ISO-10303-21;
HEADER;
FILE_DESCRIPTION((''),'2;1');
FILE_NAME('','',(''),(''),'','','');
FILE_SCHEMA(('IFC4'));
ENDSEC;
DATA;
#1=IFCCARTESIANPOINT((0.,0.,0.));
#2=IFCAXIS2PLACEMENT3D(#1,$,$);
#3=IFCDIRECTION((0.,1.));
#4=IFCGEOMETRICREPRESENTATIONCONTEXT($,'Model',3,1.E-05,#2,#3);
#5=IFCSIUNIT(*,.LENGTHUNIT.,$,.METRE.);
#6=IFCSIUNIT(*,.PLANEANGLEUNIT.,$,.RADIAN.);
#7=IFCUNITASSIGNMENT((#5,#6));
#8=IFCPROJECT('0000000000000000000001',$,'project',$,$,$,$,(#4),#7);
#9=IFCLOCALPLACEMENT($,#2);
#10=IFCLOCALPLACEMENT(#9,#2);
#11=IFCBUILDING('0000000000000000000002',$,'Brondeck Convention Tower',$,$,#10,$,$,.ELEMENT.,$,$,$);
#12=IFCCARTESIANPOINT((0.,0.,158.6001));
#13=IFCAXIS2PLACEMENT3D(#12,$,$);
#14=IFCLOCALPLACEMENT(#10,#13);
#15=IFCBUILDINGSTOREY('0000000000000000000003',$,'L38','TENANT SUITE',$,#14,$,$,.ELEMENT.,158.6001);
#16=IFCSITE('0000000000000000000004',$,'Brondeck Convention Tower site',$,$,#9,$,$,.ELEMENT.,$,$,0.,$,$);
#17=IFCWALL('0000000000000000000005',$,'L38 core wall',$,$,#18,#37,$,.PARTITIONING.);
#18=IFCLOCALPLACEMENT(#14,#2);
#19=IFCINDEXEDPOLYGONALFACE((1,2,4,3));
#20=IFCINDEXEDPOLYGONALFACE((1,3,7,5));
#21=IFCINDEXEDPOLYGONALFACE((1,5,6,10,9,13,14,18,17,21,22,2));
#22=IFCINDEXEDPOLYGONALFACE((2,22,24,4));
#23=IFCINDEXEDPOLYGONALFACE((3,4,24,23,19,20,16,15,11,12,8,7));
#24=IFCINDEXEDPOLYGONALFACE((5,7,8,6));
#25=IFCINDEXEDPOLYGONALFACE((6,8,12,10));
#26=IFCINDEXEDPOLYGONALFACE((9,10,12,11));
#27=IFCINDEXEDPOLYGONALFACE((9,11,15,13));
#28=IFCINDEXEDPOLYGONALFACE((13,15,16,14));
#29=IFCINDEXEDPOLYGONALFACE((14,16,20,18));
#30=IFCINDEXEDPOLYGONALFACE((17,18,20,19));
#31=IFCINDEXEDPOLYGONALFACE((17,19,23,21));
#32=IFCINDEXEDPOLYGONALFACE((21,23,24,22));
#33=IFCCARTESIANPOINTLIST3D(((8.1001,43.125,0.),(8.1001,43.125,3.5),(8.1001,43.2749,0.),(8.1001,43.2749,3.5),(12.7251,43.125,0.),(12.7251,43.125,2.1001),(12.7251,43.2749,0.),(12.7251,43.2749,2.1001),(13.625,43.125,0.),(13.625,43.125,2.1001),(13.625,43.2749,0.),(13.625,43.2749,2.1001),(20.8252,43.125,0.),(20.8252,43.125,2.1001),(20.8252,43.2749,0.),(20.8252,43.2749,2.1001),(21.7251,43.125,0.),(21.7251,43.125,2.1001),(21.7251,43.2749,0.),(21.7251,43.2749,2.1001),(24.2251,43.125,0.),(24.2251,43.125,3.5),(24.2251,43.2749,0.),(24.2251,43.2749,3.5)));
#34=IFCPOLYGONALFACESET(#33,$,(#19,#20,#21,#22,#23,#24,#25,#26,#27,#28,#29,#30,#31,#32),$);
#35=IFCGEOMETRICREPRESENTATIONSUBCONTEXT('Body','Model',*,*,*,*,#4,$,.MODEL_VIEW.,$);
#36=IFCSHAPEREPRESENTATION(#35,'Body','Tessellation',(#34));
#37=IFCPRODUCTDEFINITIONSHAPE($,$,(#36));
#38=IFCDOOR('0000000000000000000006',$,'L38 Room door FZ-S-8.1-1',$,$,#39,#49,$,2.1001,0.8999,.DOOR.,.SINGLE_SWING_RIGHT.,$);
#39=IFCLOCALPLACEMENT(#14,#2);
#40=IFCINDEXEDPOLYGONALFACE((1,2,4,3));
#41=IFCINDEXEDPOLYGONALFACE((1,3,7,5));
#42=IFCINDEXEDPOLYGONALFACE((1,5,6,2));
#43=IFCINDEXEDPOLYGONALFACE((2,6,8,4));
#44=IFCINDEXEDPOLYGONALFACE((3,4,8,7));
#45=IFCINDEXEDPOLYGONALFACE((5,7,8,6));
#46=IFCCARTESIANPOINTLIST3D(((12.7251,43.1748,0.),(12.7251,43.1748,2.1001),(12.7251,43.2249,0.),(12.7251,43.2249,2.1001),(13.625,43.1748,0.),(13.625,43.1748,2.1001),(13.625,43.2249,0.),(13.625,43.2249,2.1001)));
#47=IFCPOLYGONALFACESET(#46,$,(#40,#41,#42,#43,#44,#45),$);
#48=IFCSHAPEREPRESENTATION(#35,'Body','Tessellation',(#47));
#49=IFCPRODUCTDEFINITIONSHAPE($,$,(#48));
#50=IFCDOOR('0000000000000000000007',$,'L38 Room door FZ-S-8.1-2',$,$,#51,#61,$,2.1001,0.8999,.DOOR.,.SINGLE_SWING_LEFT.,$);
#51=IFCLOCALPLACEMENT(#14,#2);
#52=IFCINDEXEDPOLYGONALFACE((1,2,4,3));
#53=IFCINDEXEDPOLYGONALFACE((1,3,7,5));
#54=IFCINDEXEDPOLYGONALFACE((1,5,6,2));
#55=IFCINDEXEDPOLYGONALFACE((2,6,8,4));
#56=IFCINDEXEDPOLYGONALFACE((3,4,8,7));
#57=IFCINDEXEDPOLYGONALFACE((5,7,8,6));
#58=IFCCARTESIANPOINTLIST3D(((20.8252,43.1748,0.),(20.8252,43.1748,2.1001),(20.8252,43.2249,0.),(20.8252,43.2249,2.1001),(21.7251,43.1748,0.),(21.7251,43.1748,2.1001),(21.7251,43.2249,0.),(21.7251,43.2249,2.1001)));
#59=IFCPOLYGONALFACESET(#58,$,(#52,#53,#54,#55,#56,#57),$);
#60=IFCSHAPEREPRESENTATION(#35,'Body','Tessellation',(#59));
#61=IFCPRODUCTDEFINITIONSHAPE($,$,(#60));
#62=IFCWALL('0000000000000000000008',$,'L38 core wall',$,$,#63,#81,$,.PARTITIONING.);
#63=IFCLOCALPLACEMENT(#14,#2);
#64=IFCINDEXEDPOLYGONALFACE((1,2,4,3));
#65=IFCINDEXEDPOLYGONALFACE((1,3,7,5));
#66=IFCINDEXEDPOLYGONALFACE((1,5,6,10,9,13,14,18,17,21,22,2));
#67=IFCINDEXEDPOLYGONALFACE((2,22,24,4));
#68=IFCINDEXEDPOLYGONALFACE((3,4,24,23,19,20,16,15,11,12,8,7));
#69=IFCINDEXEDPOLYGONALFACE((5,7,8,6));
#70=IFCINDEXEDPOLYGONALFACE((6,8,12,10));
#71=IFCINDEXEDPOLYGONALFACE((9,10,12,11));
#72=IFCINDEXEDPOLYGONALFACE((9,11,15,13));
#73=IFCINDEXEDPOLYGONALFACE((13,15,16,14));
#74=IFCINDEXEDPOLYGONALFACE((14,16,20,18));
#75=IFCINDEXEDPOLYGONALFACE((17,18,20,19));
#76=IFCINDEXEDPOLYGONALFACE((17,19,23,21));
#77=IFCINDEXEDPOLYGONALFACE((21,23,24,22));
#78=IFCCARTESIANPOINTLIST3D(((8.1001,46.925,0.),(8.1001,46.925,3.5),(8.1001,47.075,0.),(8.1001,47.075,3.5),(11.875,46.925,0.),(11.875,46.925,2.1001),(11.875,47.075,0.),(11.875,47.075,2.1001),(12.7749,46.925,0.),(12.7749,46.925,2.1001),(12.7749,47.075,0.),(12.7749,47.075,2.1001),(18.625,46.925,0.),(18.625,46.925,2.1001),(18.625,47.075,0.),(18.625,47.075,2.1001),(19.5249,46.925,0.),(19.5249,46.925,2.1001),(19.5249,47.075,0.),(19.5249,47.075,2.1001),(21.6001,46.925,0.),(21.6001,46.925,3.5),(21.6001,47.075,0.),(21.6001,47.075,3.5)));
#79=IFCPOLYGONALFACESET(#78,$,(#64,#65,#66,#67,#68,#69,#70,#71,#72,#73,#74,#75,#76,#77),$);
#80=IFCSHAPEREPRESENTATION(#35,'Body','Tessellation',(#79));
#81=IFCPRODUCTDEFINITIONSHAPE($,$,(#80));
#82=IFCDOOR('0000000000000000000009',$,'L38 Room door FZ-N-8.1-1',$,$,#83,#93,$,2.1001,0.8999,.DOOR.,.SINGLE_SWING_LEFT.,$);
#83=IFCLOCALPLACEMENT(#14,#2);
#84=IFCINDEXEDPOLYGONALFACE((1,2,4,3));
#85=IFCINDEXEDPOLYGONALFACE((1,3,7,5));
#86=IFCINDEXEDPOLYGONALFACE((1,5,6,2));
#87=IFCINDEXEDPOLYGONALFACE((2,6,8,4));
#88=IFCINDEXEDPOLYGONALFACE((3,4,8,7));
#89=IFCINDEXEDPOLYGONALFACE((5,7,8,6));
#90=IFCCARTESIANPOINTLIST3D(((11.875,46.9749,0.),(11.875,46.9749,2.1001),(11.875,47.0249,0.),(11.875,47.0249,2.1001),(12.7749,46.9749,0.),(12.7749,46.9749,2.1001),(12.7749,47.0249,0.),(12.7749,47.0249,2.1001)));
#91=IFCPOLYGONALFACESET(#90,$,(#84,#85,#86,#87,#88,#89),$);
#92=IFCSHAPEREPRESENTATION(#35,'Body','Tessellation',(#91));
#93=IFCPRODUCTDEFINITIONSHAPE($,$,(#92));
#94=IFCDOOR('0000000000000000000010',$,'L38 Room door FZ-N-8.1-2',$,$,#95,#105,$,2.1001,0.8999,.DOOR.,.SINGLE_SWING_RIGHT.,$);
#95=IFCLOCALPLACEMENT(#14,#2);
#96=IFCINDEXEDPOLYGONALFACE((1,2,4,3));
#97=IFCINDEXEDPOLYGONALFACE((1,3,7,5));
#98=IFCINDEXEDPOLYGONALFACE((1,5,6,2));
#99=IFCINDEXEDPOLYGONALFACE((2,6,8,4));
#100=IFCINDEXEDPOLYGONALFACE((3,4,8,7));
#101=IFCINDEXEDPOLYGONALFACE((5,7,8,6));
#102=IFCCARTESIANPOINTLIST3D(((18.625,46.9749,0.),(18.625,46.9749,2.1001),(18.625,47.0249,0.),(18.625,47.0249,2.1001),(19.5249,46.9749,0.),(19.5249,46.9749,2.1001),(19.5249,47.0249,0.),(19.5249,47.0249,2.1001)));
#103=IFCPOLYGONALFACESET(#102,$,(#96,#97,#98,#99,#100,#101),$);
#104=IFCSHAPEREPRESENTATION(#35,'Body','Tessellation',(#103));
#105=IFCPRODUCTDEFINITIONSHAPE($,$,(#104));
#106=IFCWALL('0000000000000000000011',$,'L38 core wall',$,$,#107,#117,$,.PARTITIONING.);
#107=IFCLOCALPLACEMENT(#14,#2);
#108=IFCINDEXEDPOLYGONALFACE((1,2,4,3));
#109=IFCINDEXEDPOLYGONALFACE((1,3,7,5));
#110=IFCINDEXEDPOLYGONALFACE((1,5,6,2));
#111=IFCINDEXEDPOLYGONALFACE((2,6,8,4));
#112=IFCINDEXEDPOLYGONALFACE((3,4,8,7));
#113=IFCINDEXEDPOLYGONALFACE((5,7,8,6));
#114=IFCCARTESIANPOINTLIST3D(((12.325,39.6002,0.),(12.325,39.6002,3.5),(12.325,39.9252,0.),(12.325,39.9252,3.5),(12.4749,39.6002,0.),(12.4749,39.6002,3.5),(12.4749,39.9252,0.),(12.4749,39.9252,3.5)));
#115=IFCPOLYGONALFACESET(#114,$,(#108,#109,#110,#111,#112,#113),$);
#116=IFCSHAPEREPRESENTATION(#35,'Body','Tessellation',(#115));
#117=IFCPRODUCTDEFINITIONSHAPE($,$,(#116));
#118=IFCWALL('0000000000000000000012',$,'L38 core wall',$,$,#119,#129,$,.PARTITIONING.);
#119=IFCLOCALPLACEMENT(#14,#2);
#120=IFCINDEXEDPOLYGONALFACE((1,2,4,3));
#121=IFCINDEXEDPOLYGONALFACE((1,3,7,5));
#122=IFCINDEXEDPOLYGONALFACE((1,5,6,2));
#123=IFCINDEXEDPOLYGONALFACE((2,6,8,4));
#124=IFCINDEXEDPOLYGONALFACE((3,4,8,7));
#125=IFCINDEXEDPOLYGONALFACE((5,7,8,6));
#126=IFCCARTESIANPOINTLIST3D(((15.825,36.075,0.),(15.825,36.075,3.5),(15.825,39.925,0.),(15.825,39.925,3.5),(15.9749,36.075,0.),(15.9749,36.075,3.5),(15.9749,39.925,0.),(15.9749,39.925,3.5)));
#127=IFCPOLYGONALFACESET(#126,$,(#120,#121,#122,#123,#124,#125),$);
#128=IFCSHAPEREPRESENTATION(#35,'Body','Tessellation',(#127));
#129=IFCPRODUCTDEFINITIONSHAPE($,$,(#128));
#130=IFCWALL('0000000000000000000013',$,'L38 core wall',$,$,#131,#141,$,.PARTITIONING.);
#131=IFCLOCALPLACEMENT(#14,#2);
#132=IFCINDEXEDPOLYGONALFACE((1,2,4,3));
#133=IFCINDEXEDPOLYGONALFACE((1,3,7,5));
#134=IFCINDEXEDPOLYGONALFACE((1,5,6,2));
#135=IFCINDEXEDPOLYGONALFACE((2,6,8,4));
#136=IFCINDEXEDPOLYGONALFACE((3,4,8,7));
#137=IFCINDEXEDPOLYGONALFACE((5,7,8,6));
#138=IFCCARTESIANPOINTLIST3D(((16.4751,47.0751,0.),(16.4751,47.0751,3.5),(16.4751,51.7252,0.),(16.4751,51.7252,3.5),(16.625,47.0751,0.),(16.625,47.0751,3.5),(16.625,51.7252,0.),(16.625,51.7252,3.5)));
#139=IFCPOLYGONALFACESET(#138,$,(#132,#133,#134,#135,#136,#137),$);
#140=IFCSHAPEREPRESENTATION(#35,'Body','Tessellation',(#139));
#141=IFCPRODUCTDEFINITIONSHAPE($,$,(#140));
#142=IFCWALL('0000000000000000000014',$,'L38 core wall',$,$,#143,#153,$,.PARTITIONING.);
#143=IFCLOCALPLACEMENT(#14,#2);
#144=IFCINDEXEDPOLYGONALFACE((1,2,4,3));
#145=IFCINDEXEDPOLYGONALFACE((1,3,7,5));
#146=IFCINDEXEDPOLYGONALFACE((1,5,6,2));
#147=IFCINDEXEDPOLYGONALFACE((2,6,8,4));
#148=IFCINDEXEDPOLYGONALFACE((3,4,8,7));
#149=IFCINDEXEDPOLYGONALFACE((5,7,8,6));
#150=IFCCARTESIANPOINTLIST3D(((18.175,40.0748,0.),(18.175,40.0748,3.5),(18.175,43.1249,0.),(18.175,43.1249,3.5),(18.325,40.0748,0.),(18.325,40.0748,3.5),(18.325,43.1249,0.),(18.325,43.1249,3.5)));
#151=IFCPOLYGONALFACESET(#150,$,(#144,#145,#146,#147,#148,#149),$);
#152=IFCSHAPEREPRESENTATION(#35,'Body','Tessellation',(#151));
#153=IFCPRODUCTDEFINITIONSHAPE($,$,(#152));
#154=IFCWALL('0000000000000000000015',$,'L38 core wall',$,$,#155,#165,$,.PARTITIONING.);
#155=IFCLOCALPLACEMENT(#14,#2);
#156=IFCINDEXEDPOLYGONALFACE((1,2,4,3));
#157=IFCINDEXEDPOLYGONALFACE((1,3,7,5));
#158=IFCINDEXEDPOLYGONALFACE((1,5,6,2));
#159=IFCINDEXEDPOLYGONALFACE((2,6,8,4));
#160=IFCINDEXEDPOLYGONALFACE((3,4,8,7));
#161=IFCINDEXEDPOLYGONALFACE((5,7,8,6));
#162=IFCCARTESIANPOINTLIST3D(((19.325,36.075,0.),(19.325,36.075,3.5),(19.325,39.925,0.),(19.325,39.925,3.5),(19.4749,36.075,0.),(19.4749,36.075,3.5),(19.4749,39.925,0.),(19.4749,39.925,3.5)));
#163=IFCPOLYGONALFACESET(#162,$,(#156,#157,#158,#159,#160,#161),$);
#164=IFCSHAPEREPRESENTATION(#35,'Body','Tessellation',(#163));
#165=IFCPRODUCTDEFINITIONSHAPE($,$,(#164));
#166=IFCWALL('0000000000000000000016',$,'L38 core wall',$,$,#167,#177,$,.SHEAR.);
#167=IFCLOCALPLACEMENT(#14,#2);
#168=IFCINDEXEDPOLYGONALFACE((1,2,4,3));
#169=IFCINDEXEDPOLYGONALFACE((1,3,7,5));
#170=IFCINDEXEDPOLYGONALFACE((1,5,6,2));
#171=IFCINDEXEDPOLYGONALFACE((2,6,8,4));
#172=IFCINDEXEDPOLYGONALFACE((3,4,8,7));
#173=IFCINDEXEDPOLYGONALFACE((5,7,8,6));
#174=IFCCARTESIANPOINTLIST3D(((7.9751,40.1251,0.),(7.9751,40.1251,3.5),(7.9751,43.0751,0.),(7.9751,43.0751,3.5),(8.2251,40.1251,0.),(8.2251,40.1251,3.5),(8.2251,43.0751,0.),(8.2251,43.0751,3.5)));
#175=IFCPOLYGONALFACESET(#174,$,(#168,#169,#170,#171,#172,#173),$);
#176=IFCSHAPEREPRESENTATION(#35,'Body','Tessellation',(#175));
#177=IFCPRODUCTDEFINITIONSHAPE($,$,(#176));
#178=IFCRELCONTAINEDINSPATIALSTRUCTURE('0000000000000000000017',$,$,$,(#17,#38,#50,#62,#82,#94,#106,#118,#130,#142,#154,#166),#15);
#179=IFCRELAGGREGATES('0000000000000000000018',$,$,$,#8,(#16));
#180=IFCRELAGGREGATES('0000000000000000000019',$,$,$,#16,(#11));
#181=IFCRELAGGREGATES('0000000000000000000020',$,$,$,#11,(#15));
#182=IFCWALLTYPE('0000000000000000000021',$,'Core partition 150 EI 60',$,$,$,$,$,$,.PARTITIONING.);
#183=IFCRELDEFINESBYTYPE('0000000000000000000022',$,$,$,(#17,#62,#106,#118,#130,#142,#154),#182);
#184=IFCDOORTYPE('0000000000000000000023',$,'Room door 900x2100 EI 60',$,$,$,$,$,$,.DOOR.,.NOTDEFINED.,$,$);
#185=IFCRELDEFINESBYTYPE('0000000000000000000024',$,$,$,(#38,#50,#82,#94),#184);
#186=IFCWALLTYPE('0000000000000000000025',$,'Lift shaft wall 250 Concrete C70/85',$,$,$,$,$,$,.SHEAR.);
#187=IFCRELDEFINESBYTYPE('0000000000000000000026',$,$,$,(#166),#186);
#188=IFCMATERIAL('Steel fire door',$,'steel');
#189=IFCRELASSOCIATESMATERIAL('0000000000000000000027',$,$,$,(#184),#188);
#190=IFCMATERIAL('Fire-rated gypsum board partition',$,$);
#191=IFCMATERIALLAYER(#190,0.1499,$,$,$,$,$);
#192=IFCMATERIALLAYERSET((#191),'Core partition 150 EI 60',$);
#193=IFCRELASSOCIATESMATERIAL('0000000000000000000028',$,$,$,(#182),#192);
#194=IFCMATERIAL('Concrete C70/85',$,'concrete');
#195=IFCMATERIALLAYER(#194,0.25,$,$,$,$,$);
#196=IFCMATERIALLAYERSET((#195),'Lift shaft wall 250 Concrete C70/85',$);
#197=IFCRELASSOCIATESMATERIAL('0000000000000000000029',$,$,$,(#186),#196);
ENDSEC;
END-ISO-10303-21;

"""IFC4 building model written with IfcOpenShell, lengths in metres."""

from ifc_helpers import new_model, si_unit, direction, frame, frame_2d, origin, place, context, subcontext, project, spatial, rectangle, extrude, material, layer, layer_set, type_object, element, fill, save


model = new_model("IFC4")

# Units and contexts
model_context = context("Model", 3, precision=1e-05, world=origin(), true_north=direction((0.0, 1.0)))
body_context = subcontext(model_context, "Body", "Model", "MODEL_VIEW")
ifc_project = project(units=[si_unit("LENGTHUNIT", "METRE"), si_unit("PLANEANGLEUNIT", "RADIAN")], contexts=[model_context])

# Site, building, storey
site_placement = place(None, origin())
site = spatial("IfcSite", under=ifc_project, at=site_placement, Name="Brondeck Convention Tower site", CompositionType="ELEMENT", RefElevation=0.0)
building_placement = place(site_placement, origin())
building = spatial("IfcBuilding", under=site, at=building_placement, Name="Brondeck Convention Tower", CompositionType="ELEMENT")
storey_placement = place(building_placement, frame((0.0, 0.0, 158.6001)))
storey = spatial("IfcBuildingStorey", under=building, at=storey_placement, Name="L38", Description="TENANT SUITE", CompositionType="ELEMENT", Elevation=158.6001)

# Shared definitions
ifc_material_1 = material(Name="Concrete C70/85", Category="concrete")
ifc_material_2 = material(Name="Steel fire door", Category="steel")
door_type_1 = type_object("IfcDoorType", Name="Room door 900x2100 EI 60", OperationType="NOTDEFINED", PredefinedType="DOOR", material=ifc_material_2)

# Shared definitions
ifc_material_3 = material(Name="Fire-rated gypsum board partition")
ifc_layer_1 = layer(ifc_material_3, 0.1499)
ifc_layer_set_1 = layer_set([ifc_layer_1], Name="Core partition 150 EI 60")
wall_type_1 = type_object("IfcWallType", Name="Core partition 150 EI 60", PredefinedType="PARTITIONING", material=ifc_layer_set_1)

# Walls, openings, doors
wall_1_placement = place(storey_placement, frame((8.1001, 43.2, 0.0), z_axis=(0.0, 0.0, 1.0), x_axis=(1.0, 0.0, 0.0)))
wall_1 = element("IfcWall", 1, at=wall_1_placement, inside=storey, type_object=wall_type_1, Name="L38 core wall", PredefinedType="PARTITIONING", context=body_context, shape_type="SweptSolid", body=[
    extrude(rectangle(XDim=16.125, YDim=0.1499, at=frame_2d((8.0625, 0.0))), origin(), (0.0, 0.0, 1.0), 3.5),
])
opening_1_placement = place(wall_1_placement, frame((4.625, 0.0, 0.0)))
opening_1 = element("IfcOpeningElement", 2, at=opening_1_placement, cuts=wall_1, PredefinedType="OPENING", context=body_context, shape_type="SweptSolid", body=[
    extrude(rectangle(XDim=0.8999, YDim=2.1001, at=frame_2d((0.45, 1.05))), frame((0.0, 0.085, 0.0), z_axis=(0.0, -1.0, 0.0), x_axis=(1.0, 0.0, 0.0)), (0.0, 0.0, 1.0), 0.1699),
])
opening_2_placement = place(wall_1_placement, frame((12.7251, 0.0, 0.0)))
opening_2 = element("IfcOpeningElement", 3, at=opening_2_placement, cuts=wall_1, PredefinedType="OPENING", context=body_context, shape_type="SweptSolid", body=[
    extrude(rectangle(XDim=0.8999, YDim=2.1001, at=frame_2d((0.45, 1.05))), frame((0.0, 0.085, 0.0), z_axis=(0.0, -1.0, 0.0), x_axis=(1.0, 0.0, 0.0)), (0.0, 0.0, 1.0), 0.1699),
])
door_1_placement = place(opening_1_placement, origin())
door_1 = element("IfcDoor", 4, at=door_1_placement, inside=storey, type_object=door_type_1, Name="L38 Room door FZ-S-8.1-1", OperationType="SINGLE_SWING_RIGHT", OverallHeight=2.1001, OverallWidth=0.8999, PredefinedType="DOOR", context=body_context, shape_type="SweptSolid", body=[
    extrude(rectangle(XDim=0.8999, YDim=2.1001, at=frame_2d((0.45, 1.05))), frame((0.0, 0.0249, 0.0), z_axis=(0.0, -1.0, 0.0), x_axis=(1.0, 0.0, 0.0)), (0.0, 0.0, 1.0), 0.05),
])
fill(opening_1, door_1)
door_2_placement = place(opening_2_placement, origin())
door_2 = element("IfcDoor", 5, at=door_2_placement, inside=storey, type_object=door_type_1, Name="L38 Room door FZ-S-8.1-2", OperationType="SINGLE_SWING_LEFT", OverallHeight=2.1001, OverallWidth=0.8999, PredefinedType="DOOR", context=body_context, shape_type="SweptSolid", body=[
    extrude(rectangle(XDim=0.8999, YDim=2.1001, at=frame_2d((0.45, 1.05))), frame((0.0, 0.0249, 0.0), z_axis=(0.0, -1.0, 0.0), x_axis=(1.0, 0.0, 0.0)), (0.0, 0.0, 1.0), 0.05),
])
fill(opening_2, door_2)
wall_2_placement = place(storey_placement, frame((8.1001, 47.0, 0.0), z_axis=(0.0, 0.0, 1.0), x_axis=(1.0, 0.0, 0.0)))
wall_2 = element("IfcWall", 6, at=wall_2_placement, inside=storey, type_object=wall_type_1, Name="L38 core wall", PredefinedType="PARTITIONING", context=body_context, shape_type="SweptSolid", body=[
    extrude(rectangle(XDim=13.5, YDim=0.1499, at=frame_2d((6.75, 0.0))), origin(), (0.0, 0.0, 1.0), 3.5),
])
opening_3_placement = place(wall_2_placement, frame((3.7749, 0.0, 0.0)))
opening_3 = element("IfcOpeningElement", 7, at=opening_3_placement, cuts=wall_2, PredefinedType="OPENING", context=body_context, shape_type="SweptSolid", body=[
    extrude(rectangle(XDim=0.8999, YDim=2.1001, at=frame_2d((0.45, 1.05))), frame((0.0, 0.085, 0.0), z_axis=(0.0, -1.0, 0.0), x_axis=(1.0, 0.0, 0.0)), (0.0, 0.0, 1.0), 0.1699),
])
opening_4_placement = place(wall_2_placement, frame((10.5249, 0.0, 0.0)))
opening_4 = element("IfcOpeningElement", 8, at=opening_4_placement, cuts=wall_2, PredefinedType="OPENING", context=body_context, shape_type="SweptSolid", body=[
    extrude(rectangle(XDim=0.8999, YDim=2.1001, at=frame_2d((0.45, 1.05))), frame((0.0, 0.085, 0.0), z_axis=(0.0, -1.0, 0.0), x_axis=(1.0, 0.0, 0.0)), (0.0, 0.0, 1.0), 0.1699),
])
door_3_placement = place(opening_3_placement, origin())
door_3 = element("IfcDoor", 9, at=door_3_placement, inside=storey, type_object=door_type_1, Name="L38 Room door FZ-N-8.1-1", OperationType="SINGLE_SWING_LEFT", OverallHeight=2.1001, OverallWidth=0.8999, PredefinedType="DOOR", context=body_context, shape_type="SweptSolid", body=[
    extrude(rectangle(XDim=0.8999, YDim=2.1001, at=frame_2d((0.45, 1.05))), frame((0.0, 0.0249, 0.0), z_axis=(0.0, -1.0, 0.0), x_axis=(1.0, 0.0, 0.0)), (0.0, 0.0, 1.0), 0.05),
])
fill(opening_3, door_3)
door_4_placement = place(opening_4_placement, origin())
door_4 = element("IfcDoor", 10, at=door_4_placement, inside=storey, type_object=door_type_1, Name="L38 Room door FZ-N-8.1-2", OperationType="SINGLE_SWING_RIGHT", OverallHeight=2.1001, OverallWidth=0.8999, PredefinedType="DOOR", context=body_context, shape_type="SweptSolid", body=[
    extrude(rectangle(XDim=0.8999, YDim=2.1001, at=frame_2d((0.45, 1.05))), frame((0.0, 0.0249, 0.0), z_axis=(0.0, -1.0, 0.0), x_axis=(1.0, 0.0, 0.0)), (0.0, 0.0, 1.0), 0.05),
])
fill(opening_4, door_4)

# Walls
wall_3_placement = place(storey_placement, frame((12.3999, 39.6001, 0.0), z_axis=(0.0, 0.0, 1.0), x_axis=(0.0, 1.0, 0.0)))
element("IfcWall", 11, at=wall_3_placement, inside=storey, type_object=wall_type_1, Name="L38 core wall", PredefinedType="PARTITIONING", context=body_context, shape_type="SweptSolid", body=[
    extrude(rectangle(XDim=0.325, YDim=0.1499, at=frame_2d((0.1626, 0.0))), origin(), (0.0, 0.0, 1.0), 3.5),
])
wall_4_placement = place(storey_placement, frame((15.8999, 36.075, 0.0), z_axis=(0.0, 0.0, 1.0), x_axis=(0.0, 1.0, 0.0)))
element("IfcWall", 12, at=wall_4_placement, inside=storey, type_object=wall_type_1, Name="L38 core wall", PredefinedType="PARTITIONING", context=body_context, shape_type="SweptSolid", body=[
    extrude(rectangle(XDim=3.8501, YDim=0.1499, at=frame_2d((1.925, 0.0))), origin(), (0.0, 0.0, 1.0), 3.5),
])
wall_5_placement = place(storey_placement, frame((16.55, 47.075, 0.0), z_axis=(0.0, 0.0, 1.0), x_axis=(0.0, 1.0, 0.0)))
element("IfcWall", 13, at=wall_5_placement, inside=storey, type_object=wall_type_1, Name="L38 core wall", PredefinedType="PARTITIONING", context=body_context, shape_type="SweptSolid", body=[
    extrude(rectangle(XDim=4.6501, YDim=0.1499, at=frame_2d((2.3252, 0.0))), origin(), (0.0, 0.0, 1.0), 3.5),
])
wall_6_placement = place(storey_placement, frame((18.25, 40.075, 0.0), z_axis=(0.0, 0.0, 1.0), x_axis=(0.0, 1.0, 0.0)))
element("IfcWall", 14, at=wall_6_placement, inside=storey, type_object=wall_type_1, Name="L38 core wall", PredefinedType="PARTITIONING", context=body_context, shape_type="SweptSolid", body=[
    extrude(rectangle(XDim=3.05, YDim=0.1499, at=frame_2d((1.5249, 0.0))), origin(), (0.0, 0.0, 1.0), 3.5),
])
wall_7_placement = place(storey_placement, frame((19.3999, 36.075, 0.0), z_axis=(0.0, 0.0, 1.0), x_axis=(0.0, 1.0, 0.0)))
element("IfcWall", 15, at=wall_7_placement, inside=storey, type_object=wall_type_1, Name="L38 core wall", PredefinedType="PARTITIONING", context=body_context, shape_type="SweptSolid", body=[
    extrude(rectangle(XDim=3.8501, YDim=0.1499, at=frame_2d((1.925, 0.0))), origin(), (0.0, 0.0, 1.0), 3.5),
])
ifc_layer_2 = layer(ifc_material_1, 0.25)
ifc_layer_set_2 = layer_set([ifc_layer_2], Name="Lift shaft wall 250 Concrete C70/85")
wall_type_2 = type_object("IfcWallType", Name="Lift shaft wall 250 Concrete C70/85", PredefinedType="SHEAR", material=ifc_layer_set_2)
wall_8_placement = place(storey_placement, frame((8.1001, 40.125, 0.0), z_axis=(0.0, 0.0, 1.0), x_axis=(0.0, 1.0, 0.0)))
element("IfcWall", 16, at=wall_8_placement, inside=storey, type_object=wall_type_2, Name="L38 core wall", PredefinedType="SHEAR", context=body_context, shape_type="SweptSolid", body=[
    extrude(rectangle(XDim=2.95, YDim=0.25, at=frame_2d((1.4751, 0.0))), origin(), (0.0, 0.0, 1.0), 3.5),
])

save(model, "model.ifc")
